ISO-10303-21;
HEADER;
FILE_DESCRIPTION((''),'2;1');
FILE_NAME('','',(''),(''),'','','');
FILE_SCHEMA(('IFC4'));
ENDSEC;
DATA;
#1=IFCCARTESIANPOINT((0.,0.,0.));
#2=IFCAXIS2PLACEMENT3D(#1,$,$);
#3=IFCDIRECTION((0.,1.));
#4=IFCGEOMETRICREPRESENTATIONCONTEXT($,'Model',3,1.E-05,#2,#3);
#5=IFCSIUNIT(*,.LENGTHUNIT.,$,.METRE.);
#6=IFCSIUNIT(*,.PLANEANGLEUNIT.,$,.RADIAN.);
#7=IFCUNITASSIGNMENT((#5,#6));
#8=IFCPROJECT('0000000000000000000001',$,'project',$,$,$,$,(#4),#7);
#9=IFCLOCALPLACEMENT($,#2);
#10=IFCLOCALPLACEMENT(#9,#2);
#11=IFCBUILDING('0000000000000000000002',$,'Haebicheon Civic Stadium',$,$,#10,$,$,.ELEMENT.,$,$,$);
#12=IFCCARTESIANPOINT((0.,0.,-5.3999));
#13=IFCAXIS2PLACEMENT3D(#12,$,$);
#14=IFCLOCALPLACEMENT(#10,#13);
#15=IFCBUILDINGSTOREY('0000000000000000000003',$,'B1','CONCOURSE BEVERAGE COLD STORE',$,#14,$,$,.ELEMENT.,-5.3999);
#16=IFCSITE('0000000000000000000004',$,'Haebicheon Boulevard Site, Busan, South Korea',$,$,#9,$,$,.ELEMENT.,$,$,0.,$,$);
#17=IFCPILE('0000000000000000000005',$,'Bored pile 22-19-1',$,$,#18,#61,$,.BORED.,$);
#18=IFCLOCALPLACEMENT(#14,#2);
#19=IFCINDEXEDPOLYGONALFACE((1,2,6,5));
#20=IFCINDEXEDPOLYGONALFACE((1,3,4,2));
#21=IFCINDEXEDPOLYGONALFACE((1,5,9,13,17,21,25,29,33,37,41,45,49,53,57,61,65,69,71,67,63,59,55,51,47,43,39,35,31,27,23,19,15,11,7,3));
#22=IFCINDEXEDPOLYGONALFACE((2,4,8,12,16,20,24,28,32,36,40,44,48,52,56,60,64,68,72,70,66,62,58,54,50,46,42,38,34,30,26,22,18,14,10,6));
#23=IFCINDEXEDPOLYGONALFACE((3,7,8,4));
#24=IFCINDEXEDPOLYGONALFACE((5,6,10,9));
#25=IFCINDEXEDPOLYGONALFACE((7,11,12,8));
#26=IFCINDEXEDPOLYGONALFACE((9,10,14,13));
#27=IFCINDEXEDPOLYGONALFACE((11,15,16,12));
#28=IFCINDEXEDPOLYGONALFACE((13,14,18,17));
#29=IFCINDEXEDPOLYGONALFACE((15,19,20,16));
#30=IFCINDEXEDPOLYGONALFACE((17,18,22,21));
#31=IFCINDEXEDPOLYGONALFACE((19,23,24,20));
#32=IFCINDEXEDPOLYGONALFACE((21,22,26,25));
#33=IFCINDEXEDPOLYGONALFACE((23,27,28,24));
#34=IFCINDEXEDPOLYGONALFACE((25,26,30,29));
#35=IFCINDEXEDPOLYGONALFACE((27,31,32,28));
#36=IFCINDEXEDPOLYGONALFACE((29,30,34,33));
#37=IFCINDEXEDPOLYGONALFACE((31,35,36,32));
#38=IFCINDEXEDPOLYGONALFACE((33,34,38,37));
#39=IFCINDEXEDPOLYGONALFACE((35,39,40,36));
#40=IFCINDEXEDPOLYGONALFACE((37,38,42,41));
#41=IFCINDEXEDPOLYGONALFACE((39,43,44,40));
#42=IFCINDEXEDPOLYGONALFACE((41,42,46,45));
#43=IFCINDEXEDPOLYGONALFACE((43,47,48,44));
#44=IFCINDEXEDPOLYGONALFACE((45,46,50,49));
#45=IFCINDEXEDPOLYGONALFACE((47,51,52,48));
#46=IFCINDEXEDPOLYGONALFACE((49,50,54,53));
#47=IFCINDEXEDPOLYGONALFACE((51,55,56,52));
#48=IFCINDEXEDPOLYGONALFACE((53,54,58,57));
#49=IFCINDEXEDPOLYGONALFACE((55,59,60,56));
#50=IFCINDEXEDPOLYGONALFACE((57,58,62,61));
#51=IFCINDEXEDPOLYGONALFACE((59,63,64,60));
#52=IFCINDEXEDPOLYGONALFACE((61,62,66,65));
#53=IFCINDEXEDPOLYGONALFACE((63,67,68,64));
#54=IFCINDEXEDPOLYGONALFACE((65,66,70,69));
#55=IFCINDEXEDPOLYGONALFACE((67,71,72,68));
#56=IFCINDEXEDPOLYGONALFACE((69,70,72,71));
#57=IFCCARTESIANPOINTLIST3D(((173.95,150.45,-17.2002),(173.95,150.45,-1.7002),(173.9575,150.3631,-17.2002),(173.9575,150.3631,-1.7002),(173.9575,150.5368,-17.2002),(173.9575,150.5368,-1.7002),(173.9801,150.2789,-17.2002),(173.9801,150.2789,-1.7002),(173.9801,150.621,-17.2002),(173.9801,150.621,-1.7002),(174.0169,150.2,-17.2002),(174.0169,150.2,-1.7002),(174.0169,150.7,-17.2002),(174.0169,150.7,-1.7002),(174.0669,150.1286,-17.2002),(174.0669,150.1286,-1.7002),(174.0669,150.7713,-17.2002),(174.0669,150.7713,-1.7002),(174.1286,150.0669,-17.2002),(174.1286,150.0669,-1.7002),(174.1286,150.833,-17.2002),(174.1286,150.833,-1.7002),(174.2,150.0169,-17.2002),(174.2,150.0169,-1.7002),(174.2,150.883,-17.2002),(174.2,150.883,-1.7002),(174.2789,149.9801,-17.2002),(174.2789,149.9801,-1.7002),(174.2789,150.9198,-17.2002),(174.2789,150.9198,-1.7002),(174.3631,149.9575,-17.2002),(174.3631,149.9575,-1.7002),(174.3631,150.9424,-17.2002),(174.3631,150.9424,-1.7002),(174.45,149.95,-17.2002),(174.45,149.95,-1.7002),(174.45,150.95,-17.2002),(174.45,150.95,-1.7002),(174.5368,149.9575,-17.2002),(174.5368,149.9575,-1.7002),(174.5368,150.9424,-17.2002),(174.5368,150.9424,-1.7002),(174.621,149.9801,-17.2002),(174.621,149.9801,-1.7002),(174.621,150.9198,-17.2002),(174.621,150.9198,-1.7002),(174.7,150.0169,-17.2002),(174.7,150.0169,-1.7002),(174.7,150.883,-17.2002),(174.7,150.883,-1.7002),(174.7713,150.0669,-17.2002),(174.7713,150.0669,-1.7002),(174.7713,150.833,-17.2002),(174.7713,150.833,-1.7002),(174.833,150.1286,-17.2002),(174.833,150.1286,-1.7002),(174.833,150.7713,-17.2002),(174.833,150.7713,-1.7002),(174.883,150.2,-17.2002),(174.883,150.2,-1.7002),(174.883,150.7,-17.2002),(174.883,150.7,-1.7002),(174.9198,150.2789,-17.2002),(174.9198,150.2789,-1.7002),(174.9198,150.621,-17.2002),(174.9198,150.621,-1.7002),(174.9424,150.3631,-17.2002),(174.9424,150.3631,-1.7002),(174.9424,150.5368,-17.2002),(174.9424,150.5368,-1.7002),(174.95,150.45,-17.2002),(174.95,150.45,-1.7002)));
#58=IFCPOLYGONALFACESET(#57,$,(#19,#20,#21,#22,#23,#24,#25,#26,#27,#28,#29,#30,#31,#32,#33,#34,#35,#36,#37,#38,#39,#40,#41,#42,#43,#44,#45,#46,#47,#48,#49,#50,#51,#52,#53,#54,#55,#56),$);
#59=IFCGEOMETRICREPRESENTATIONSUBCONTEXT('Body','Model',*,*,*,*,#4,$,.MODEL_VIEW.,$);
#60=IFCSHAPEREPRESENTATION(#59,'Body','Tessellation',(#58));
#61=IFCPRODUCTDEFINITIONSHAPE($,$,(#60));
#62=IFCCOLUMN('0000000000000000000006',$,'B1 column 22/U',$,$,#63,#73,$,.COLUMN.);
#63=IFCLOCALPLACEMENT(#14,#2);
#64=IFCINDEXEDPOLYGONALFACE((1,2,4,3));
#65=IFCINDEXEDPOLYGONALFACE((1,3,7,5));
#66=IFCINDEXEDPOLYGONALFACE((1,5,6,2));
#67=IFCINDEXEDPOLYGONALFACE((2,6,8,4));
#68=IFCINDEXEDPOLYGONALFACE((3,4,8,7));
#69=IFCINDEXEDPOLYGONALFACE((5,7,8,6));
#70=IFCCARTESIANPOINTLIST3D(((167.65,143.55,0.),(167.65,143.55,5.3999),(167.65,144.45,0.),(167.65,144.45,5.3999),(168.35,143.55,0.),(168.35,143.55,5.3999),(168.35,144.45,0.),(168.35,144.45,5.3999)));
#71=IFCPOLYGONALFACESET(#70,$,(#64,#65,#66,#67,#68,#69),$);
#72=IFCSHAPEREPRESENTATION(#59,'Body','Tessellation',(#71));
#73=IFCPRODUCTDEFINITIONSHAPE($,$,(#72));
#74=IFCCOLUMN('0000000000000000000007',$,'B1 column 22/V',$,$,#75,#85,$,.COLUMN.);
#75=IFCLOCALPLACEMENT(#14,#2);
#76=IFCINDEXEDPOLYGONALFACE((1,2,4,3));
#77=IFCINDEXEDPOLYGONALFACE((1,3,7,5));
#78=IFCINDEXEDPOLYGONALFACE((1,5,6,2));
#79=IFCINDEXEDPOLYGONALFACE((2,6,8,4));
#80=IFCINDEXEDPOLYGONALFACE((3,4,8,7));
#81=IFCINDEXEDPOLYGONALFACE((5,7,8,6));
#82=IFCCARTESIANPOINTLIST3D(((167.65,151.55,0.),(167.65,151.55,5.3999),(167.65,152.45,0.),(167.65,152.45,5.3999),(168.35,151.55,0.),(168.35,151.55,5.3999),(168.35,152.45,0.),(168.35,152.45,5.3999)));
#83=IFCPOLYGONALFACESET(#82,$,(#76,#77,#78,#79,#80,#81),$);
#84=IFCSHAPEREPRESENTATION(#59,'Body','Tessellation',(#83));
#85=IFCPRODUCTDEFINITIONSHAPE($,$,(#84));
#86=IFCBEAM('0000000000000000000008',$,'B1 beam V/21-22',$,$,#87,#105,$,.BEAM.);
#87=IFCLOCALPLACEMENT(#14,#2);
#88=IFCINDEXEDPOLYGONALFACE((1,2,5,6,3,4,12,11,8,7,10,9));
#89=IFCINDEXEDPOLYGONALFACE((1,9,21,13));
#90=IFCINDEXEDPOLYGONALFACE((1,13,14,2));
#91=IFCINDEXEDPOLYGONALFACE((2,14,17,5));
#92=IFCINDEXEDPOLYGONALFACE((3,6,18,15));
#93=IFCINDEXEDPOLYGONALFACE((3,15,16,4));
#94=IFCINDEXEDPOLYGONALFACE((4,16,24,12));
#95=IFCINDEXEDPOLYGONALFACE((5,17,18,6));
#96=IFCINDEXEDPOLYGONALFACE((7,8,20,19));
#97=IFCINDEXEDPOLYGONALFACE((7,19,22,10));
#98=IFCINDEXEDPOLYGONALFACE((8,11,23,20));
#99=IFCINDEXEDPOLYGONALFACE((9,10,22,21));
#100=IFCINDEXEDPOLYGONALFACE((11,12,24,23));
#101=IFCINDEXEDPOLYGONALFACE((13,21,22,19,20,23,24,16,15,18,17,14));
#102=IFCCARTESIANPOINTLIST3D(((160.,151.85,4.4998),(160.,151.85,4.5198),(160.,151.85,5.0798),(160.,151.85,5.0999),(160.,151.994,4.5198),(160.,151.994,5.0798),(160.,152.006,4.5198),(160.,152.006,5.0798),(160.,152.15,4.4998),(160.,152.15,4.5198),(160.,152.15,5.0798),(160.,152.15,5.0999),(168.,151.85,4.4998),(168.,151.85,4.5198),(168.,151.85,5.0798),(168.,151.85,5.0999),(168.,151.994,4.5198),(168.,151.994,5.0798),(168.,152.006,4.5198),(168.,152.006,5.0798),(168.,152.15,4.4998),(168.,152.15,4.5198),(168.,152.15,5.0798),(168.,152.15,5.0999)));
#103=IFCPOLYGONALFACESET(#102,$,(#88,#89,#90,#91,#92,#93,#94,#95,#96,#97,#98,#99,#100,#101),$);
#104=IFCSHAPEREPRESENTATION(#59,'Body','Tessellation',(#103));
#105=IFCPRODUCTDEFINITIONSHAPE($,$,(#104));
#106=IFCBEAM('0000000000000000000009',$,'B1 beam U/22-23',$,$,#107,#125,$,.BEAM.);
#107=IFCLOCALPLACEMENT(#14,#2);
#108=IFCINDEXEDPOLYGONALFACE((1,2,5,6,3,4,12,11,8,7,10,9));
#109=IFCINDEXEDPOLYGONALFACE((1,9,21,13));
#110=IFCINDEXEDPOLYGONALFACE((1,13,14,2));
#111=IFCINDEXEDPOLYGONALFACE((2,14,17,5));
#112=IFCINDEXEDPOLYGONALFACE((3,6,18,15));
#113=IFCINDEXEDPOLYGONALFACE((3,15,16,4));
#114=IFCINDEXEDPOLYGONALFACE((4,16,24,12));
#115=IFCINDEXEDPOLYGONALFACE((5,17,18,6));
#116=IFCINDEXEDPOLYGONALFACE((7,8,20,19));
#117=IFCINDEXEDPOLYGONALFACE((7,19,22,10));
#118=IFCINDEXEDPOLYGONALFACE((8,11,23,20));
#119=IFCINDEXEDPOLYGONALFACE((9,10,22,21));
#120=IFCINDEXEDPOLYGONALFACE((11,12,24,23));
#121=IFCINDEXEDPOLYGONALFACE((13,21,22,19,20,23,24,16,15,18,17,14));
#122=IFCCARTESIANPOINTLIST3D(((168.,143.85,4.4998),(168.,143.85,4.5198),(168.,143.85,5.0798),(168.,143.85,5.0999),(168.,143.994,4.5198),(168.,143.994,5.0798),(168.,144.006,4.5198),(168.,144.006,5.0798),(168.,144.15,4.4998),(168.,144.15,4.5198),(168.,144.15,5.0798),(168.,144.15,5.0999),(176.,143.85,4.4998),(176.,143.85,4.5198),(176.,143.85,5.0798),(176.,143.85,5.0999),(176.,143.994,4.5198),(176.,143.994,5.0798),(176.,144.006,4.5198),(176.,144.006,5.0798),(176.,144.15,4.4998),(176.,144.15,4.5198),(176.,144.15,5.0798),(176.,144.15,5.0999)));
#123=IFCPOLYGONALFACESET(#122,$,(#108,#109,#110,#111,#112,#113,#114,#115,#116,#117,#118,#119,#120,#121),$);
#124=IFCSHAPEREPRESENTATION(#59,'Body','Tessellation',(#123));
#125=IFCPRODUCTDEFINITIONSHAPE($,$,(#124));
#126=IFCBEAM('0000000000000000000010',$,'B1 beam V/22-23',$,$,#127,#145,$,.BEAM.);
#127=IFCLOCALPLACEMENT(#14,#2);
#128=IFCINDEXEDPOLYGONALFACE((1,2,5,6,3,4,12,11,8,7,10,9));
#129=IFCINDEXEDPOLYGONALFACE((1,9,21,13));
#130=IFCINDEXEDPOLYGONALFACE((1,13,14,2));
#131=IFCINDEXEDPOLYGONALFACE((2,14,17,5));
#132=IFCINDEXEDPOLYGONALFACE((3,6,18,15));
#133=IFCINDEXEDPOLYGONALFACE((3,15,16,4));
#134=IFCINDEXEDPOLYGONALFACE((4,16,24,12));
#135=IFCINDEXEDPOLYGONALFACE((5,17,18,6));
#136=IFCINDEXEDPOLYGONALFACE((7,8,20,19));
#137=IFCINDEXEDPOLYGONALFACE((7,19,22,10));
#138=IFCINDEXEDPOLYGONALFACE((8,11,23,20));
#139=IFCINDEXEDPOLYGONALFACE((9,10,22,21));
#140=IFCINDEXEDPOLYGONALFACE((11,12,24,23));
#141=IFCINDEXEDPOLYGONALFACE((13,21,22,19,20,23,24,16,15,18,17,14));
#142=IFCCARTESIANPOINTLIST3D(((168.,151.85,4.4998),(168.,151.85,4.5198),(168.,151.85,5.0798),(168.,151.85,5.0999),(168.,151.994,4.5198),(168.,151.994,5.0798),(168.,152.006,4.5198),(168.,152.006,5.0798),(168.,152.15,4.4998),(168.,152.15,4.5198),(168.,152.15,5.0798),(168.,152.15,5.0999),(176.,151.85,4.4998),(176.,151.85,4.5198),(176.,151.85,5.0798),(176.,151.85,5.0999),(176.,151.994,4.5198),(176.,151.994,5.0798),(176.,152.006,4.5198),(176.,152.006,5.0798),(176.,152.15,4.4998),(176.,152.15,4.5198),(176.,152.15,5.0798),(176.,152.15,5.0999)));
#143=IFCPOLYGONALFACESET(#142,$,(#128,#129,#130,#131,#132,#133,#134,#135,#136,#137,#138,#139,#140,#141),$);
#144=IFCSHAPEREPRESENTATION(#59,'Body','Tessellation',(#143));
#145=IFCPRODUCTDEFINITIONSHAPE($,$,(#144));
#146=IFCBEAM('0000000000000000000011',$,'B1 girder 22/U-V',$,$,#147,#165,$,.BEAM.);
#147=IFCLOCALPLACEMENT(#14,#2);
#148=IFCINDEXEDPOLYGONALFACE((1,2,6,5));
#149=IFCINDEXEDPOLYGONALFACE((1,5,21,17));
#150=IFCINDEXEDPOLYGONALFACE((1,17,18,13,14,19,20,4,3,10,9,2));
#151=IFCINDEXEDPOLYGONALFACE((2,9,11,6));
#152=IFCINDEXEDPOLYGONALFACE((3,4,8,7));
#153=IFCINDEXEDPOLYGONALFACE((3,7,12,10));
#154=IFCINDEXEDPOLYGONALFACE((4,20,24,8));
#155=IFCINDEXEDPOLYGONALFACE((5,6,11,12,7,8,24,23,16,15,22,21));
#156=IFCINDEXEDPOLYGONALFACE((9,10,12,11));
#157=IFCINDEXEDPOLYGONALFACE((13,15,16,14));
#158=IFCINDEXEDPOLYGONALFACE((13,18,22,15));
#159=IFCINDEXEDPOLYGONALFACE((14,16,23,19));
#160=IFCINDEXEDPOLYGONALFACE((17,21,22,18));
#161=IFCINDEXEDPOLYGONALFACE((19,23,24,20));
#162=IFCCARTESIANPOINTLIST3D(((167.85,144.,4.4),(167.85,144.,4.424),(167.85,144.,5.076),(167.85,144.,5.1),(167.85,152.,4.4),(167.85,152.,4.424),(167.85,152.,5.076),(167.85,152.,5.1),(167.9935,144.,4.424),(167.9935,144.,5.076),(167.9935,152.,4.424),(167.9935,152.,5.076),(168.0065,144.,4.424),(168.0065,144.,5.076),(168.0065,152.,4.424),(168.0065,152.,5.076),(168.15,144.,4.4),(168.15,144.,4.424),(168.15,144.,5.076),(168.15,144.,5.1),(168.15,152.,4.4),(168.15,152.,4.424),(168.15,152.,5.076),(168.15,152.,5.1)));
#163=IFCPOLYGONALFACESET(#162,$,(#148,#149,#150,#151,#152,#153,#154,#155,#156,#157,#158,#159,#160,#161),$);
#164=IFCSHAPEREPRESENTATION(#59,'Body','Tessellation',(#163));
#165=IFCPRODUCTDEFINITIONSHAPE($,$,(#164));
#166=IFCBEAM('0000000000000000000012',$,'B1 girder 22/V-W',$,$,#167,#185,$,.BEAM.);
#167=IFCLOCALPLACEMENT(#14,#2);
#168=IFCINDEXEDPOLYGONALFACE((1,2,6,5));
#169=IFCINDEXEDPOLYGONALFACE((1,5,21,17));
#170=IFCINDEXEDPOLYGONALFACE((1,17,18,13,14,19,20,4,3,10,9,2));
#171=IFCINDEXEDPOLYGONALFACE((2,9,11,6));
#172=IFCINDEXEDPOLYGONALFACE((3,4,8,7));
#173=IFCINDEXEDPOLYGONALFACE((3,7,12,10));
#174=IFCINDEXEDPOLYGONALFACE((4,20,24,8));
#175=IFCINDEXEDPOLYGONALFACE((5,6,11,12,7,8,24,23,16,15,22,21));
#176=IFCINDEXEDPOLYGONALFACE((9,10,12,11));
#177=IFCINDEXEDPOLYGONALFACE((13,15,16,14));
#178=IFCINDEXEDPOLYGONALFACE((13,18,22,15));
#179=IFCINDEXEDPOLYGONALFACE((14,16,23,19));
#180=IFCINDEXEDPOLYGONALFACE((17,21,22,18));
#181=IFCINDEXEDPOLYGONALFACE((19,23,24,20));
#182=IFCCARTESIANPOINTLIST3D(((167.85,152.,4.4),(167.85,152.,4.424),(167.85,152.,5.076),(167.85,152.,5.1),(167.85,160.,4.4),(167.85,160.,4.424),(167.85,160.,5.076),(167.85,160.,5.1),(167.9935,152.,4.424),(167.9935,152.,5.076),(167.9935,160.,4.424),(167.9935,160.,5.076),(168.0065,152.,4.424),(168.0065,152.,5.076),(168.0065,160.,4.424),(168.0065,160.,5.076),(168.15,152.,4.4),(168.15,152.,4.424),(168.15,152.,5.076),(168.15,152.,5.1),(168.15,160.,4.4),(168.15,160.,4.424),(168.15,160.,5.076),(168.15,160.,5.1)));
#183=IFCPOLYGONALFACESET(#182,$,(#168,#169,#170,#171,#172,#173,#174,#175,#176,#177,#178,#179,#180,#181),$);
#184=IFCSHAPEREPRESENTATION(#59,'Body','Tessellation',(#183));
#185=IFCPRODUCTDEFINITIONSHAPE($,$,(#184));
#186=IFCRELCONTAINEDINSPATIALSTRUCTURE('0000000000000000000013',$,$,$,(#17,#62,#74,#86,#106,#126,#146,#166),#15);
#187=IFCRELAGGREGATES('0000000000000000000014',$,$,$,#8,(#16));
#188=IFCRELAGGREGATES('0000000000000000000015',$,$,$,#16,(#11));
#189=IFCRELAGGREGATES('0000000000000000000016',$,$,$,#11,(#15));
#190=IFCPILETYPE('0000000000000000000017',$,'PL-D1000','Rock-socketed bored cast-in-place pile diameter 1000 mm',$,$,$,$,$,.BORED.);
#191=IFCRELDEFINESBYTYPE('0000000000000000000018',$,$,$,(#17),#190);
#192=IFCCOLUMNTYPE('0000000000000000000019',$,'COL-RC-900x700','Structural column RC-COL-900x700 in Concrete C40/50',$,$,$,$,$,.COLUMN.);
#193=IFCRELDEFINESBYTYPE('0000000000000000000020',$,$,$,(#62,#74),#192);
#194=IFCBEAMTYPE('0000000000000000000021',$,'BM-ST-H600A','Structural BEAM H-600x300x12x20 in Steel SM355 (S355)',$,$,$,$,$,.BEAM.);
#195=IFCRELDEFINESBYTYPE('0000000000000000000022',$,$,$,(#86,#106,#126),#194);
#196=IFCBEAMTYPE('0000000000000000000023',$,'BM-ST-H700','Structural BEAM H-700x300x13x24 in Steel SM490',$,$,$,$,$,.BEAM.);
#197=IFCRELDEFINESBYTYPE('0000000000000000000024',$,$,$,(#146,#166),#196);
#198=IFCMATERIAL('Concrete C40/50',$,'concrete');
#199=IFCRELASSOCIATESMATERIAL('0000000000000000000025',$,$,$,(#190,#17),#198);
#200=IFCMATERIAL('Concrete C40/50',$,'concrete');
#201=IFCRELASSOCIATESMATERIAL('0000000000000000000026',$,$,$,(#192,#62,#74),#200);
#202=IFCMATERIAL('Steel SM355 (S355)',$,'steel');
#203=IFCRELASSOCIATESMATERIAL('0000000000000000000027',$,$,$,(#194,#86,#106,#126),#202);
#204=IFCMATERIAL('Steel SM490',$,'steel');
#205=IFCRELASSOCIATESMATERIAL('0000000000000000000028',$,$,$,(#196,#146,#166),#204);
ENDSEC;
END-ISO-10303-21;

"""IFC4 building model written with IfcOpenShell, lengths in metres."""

from ifc_helpers import new_model, si_unit, direction, frame, origin, origin_2d, place, context, subcontext, project, spatial, rectangle, circle, i_section, extrude, material, material_profile, profile_set, type_object, element, save


model = new_model("IFC4")

# Units and contexts
model_context = context("Model", 3, precision=1e-05, world=origin(), true_north=direction((0.0, 1.0)))
body_context = subcontext(model_context, "Body", "Model", "MODEL_VIEW")
ifc_project = project(units=[si_unit("LENGTHUNIT", "METRE"), si_unit("PLANEANGLEUNIT", "RADIAN")], contexts=[model_context])

# Site, building, storey
site_placement = place(None, origin())
site = spatial("IfcSite", under=ifc_project, at=site_placement, Name="Haebicheon Boulevard Site, Busan, South Korea", CompositionType="ELEMENT", RefElevation=0.0)
building_placement = place(site_placement, origin())
building = spatial("IfcBuilding", under=site, at=building_placement, Name="Haebicheon Civic Stadium", CompositionType="ELEMENT")
storey_placement = place(building_placement, frame((0.0, 0.0, -5.3999)))
storey = spatial("IfcBuildingStorey", under=building, at=storey_placement, Name="B1", Description="CONCOURSE BEVERAGE COLD STORE", CompositionType="ELEMENT", Elevation=-5.3999)

# Pile
ifc_material_1 = material(Name="Concrete C40/50", Category="concrete")
ifc_material_profile_1 = material_profile(ifc_material_1, circle(Radius=0.5, at=origin_2d()), Name="PILE-D1000")
ifc_profile_set_1 = profile_set([ifc_material_profile_1], Name="Concrete C40/50")
pile_type = type_object("IfcPileType", Name="PL-D1000", Description="Rock-socketed bored cast-in-place pile diameter 1000 mm", PredefinedType="BORED", material=ifc_profile_set_1)
for number, where, z_axis, x_axis, name in (
    (1, (174.45, 150.45, -1.7002), (0.0, 0.0, -1.0), (1.0, 0.0, 0.0), "Bored pile 22-19-1"),
):
    element("IfcPile", number, at=place(storey_placement, frame(where, z_axis=z_axis, x_axis=x_axis)), inside=storey, type_object=pile_type, material=ifc_profile_set_1, Name=name, PredefinedType="BORED", context=body_context, shape_type="SweptSolid", body=[
        extrude(circle(Radius=0.5, at=origin_2d()), origin(), (0.0, 0.0, 1.0), 15.5),
    ])

# Columns
ifc_material_2 = material(Name="Concrete C40/50", Category="concrete")
ifc_material_profile_2 = material_profile(ifc_material_2, rectangle(XDim=0.7, YDim=0.8999, at=origin_2d()), Name="RC-COL-900x700")
ifc_profile_set_2 = profile_set([ifc_material_profile_2], Name="Concrete C40/50")
column_type = type_object("IfcColumnType", Name="COL-RC-900x700", Description="Structural column RC-COL-900x700 in Concrete C40/50", PredefinedType="COLUMN", material=ifc_profile_set_2)
for number, where, z_axis, x_axis, name in (
    (2, (168.0, 144.0, 0.0), (0.0, 0.0, 1.0), (1.0, 0.0, 0.0), "B1 column 22/U"),
    (3, (168.0, 152.0, 0.0), (0.0, 0.0, 1.0), (1.0, 0.0, 0.0), "B1 column 22/V"),
):
    element("IfcColumn", number, at=place(storey_placement, frame(where, z_axis=z_axis, x_axis=x_axis)), inside=storey, type_object=column_type, material=ifc_profile_set_2, Name=name, PredefinedType="COLUMN", context=body_context, shape_type="SweptSolid", body=[
        extrude(rectangle(XDim=0.7, YDim=0.8999, at=origin_2d()), origin(), (0.0, 0.0, 1.0), 5.3999),
    ])

# Beams
ifc_material_3 = material(Name="Steel SM355 (S355)", Category="steel")
ifc_material_profile_3 = material_profile(ifc_material_3, i_section(OverallWidth=0.3, OverallDepth=0.6001, WebThickness=0.012, FlangeThickness=0.02, at=origin_2d()), Name="H-600x300x12x20")
ifc_profile_set_3 = profile_set([ifc_material_profile_3], Name="Steel SM355 (S355)")
beam_type_1 = type_object("IfcBeamType", Name="BM-ST-H600A", Description="Structural BEAM H-600x300x12x20 in Steel SM355 (S355)", PredefinedType="BEAM", material=ifc_profile_set_3)
for number, where, z_axis, x_axis, name in (
    (4, (160.0, 152.0, 4.7998), (1.0, 0.0, 0.0), (0.0, 1.0, 0.0), "B1 beam V/21-22"),
    (5, (168.0, 144.0, 4.7998), (1.0, 0.0, 0.0), (0.0, 1.0, 0.0), "B1 beam U/22-23"),
    (6, (168.0, 152.0, 4.7998), (1.0, 0.0, 0.0), (0.0, 1.0, 0.0), "B1 beam V/22-23"),
):
    element("IfcBeam", number, at=place(storey_placement, frame(where, z_axis=z_axis, x_axis=x_axis)), inside=storey, type_object=beam_type_1, material=ifc_profile_set_3, Name=name, PredefinedType="BEAM", context=body_context, shape_type="SweptSolid", body=[
        extrude(i_section(OverallWidth=0.3, OverallDepth=0.6001, WebThickness=0.012, FlangeThickness=0.02, at=origin_2d()), origin(), (0.0, 0.0, 1.0), 8.0),
    ])
ifc_material_4 = material(Name="Steel SM490", Category="steel")
ifc_material_profile_4 = material_profile(ifc_material_4, i_section(OverallWidth=0.3, OverallDepth=0.7, WebThickness=0.0129, FlangeThickness=0.0239, at=origin_2d()), Name="H-700x300x13x24")
ifc_profile_set_4 = profile_set([ifc_material_profile_4], Name="Steel SM490")
beam_type_2 = type_object("IfcBeamType", Name="BM-ST-H700", Description="Structural BEAM H-700x300x13x24 in Steel SM490", PredefinedType="BEAM", material=ifc_profile_set_4)
for number, where, z_axis, x_axis, name in (
    (7, (168.0, 144.0, 4.75), (0.0, 1.0, 0.0), (-1.0, 0.0, 0.0), "B1 girder 22/U-V"),
    (8, (168.0, 152.0, 4.75), (0.0, 1.0, 0.0), (-1.0, 0.0, 0.0), "B1 girder 22/V-W"),
):
    element("IfcBeam", number, at=place(storey_placement, frame(where, z_axis=z_axis, x_axis=x_axis)), inside=storey, type_object=beam_type_2, material=ifc_profile_set_4, Name=name, PredefinedType="BEAM", context=body_context, shape_type="SweptSolid", body=[
        extrude(i_section(OverallWidth=0.3, OverallDepth=0.7, WebThickness=0.0129, FlangeThickness=0.0239, at=origin_2d()), origin(), (0.0, 0.0, 1.0), 8.0),
    ])

save(model, "model.ifc")
